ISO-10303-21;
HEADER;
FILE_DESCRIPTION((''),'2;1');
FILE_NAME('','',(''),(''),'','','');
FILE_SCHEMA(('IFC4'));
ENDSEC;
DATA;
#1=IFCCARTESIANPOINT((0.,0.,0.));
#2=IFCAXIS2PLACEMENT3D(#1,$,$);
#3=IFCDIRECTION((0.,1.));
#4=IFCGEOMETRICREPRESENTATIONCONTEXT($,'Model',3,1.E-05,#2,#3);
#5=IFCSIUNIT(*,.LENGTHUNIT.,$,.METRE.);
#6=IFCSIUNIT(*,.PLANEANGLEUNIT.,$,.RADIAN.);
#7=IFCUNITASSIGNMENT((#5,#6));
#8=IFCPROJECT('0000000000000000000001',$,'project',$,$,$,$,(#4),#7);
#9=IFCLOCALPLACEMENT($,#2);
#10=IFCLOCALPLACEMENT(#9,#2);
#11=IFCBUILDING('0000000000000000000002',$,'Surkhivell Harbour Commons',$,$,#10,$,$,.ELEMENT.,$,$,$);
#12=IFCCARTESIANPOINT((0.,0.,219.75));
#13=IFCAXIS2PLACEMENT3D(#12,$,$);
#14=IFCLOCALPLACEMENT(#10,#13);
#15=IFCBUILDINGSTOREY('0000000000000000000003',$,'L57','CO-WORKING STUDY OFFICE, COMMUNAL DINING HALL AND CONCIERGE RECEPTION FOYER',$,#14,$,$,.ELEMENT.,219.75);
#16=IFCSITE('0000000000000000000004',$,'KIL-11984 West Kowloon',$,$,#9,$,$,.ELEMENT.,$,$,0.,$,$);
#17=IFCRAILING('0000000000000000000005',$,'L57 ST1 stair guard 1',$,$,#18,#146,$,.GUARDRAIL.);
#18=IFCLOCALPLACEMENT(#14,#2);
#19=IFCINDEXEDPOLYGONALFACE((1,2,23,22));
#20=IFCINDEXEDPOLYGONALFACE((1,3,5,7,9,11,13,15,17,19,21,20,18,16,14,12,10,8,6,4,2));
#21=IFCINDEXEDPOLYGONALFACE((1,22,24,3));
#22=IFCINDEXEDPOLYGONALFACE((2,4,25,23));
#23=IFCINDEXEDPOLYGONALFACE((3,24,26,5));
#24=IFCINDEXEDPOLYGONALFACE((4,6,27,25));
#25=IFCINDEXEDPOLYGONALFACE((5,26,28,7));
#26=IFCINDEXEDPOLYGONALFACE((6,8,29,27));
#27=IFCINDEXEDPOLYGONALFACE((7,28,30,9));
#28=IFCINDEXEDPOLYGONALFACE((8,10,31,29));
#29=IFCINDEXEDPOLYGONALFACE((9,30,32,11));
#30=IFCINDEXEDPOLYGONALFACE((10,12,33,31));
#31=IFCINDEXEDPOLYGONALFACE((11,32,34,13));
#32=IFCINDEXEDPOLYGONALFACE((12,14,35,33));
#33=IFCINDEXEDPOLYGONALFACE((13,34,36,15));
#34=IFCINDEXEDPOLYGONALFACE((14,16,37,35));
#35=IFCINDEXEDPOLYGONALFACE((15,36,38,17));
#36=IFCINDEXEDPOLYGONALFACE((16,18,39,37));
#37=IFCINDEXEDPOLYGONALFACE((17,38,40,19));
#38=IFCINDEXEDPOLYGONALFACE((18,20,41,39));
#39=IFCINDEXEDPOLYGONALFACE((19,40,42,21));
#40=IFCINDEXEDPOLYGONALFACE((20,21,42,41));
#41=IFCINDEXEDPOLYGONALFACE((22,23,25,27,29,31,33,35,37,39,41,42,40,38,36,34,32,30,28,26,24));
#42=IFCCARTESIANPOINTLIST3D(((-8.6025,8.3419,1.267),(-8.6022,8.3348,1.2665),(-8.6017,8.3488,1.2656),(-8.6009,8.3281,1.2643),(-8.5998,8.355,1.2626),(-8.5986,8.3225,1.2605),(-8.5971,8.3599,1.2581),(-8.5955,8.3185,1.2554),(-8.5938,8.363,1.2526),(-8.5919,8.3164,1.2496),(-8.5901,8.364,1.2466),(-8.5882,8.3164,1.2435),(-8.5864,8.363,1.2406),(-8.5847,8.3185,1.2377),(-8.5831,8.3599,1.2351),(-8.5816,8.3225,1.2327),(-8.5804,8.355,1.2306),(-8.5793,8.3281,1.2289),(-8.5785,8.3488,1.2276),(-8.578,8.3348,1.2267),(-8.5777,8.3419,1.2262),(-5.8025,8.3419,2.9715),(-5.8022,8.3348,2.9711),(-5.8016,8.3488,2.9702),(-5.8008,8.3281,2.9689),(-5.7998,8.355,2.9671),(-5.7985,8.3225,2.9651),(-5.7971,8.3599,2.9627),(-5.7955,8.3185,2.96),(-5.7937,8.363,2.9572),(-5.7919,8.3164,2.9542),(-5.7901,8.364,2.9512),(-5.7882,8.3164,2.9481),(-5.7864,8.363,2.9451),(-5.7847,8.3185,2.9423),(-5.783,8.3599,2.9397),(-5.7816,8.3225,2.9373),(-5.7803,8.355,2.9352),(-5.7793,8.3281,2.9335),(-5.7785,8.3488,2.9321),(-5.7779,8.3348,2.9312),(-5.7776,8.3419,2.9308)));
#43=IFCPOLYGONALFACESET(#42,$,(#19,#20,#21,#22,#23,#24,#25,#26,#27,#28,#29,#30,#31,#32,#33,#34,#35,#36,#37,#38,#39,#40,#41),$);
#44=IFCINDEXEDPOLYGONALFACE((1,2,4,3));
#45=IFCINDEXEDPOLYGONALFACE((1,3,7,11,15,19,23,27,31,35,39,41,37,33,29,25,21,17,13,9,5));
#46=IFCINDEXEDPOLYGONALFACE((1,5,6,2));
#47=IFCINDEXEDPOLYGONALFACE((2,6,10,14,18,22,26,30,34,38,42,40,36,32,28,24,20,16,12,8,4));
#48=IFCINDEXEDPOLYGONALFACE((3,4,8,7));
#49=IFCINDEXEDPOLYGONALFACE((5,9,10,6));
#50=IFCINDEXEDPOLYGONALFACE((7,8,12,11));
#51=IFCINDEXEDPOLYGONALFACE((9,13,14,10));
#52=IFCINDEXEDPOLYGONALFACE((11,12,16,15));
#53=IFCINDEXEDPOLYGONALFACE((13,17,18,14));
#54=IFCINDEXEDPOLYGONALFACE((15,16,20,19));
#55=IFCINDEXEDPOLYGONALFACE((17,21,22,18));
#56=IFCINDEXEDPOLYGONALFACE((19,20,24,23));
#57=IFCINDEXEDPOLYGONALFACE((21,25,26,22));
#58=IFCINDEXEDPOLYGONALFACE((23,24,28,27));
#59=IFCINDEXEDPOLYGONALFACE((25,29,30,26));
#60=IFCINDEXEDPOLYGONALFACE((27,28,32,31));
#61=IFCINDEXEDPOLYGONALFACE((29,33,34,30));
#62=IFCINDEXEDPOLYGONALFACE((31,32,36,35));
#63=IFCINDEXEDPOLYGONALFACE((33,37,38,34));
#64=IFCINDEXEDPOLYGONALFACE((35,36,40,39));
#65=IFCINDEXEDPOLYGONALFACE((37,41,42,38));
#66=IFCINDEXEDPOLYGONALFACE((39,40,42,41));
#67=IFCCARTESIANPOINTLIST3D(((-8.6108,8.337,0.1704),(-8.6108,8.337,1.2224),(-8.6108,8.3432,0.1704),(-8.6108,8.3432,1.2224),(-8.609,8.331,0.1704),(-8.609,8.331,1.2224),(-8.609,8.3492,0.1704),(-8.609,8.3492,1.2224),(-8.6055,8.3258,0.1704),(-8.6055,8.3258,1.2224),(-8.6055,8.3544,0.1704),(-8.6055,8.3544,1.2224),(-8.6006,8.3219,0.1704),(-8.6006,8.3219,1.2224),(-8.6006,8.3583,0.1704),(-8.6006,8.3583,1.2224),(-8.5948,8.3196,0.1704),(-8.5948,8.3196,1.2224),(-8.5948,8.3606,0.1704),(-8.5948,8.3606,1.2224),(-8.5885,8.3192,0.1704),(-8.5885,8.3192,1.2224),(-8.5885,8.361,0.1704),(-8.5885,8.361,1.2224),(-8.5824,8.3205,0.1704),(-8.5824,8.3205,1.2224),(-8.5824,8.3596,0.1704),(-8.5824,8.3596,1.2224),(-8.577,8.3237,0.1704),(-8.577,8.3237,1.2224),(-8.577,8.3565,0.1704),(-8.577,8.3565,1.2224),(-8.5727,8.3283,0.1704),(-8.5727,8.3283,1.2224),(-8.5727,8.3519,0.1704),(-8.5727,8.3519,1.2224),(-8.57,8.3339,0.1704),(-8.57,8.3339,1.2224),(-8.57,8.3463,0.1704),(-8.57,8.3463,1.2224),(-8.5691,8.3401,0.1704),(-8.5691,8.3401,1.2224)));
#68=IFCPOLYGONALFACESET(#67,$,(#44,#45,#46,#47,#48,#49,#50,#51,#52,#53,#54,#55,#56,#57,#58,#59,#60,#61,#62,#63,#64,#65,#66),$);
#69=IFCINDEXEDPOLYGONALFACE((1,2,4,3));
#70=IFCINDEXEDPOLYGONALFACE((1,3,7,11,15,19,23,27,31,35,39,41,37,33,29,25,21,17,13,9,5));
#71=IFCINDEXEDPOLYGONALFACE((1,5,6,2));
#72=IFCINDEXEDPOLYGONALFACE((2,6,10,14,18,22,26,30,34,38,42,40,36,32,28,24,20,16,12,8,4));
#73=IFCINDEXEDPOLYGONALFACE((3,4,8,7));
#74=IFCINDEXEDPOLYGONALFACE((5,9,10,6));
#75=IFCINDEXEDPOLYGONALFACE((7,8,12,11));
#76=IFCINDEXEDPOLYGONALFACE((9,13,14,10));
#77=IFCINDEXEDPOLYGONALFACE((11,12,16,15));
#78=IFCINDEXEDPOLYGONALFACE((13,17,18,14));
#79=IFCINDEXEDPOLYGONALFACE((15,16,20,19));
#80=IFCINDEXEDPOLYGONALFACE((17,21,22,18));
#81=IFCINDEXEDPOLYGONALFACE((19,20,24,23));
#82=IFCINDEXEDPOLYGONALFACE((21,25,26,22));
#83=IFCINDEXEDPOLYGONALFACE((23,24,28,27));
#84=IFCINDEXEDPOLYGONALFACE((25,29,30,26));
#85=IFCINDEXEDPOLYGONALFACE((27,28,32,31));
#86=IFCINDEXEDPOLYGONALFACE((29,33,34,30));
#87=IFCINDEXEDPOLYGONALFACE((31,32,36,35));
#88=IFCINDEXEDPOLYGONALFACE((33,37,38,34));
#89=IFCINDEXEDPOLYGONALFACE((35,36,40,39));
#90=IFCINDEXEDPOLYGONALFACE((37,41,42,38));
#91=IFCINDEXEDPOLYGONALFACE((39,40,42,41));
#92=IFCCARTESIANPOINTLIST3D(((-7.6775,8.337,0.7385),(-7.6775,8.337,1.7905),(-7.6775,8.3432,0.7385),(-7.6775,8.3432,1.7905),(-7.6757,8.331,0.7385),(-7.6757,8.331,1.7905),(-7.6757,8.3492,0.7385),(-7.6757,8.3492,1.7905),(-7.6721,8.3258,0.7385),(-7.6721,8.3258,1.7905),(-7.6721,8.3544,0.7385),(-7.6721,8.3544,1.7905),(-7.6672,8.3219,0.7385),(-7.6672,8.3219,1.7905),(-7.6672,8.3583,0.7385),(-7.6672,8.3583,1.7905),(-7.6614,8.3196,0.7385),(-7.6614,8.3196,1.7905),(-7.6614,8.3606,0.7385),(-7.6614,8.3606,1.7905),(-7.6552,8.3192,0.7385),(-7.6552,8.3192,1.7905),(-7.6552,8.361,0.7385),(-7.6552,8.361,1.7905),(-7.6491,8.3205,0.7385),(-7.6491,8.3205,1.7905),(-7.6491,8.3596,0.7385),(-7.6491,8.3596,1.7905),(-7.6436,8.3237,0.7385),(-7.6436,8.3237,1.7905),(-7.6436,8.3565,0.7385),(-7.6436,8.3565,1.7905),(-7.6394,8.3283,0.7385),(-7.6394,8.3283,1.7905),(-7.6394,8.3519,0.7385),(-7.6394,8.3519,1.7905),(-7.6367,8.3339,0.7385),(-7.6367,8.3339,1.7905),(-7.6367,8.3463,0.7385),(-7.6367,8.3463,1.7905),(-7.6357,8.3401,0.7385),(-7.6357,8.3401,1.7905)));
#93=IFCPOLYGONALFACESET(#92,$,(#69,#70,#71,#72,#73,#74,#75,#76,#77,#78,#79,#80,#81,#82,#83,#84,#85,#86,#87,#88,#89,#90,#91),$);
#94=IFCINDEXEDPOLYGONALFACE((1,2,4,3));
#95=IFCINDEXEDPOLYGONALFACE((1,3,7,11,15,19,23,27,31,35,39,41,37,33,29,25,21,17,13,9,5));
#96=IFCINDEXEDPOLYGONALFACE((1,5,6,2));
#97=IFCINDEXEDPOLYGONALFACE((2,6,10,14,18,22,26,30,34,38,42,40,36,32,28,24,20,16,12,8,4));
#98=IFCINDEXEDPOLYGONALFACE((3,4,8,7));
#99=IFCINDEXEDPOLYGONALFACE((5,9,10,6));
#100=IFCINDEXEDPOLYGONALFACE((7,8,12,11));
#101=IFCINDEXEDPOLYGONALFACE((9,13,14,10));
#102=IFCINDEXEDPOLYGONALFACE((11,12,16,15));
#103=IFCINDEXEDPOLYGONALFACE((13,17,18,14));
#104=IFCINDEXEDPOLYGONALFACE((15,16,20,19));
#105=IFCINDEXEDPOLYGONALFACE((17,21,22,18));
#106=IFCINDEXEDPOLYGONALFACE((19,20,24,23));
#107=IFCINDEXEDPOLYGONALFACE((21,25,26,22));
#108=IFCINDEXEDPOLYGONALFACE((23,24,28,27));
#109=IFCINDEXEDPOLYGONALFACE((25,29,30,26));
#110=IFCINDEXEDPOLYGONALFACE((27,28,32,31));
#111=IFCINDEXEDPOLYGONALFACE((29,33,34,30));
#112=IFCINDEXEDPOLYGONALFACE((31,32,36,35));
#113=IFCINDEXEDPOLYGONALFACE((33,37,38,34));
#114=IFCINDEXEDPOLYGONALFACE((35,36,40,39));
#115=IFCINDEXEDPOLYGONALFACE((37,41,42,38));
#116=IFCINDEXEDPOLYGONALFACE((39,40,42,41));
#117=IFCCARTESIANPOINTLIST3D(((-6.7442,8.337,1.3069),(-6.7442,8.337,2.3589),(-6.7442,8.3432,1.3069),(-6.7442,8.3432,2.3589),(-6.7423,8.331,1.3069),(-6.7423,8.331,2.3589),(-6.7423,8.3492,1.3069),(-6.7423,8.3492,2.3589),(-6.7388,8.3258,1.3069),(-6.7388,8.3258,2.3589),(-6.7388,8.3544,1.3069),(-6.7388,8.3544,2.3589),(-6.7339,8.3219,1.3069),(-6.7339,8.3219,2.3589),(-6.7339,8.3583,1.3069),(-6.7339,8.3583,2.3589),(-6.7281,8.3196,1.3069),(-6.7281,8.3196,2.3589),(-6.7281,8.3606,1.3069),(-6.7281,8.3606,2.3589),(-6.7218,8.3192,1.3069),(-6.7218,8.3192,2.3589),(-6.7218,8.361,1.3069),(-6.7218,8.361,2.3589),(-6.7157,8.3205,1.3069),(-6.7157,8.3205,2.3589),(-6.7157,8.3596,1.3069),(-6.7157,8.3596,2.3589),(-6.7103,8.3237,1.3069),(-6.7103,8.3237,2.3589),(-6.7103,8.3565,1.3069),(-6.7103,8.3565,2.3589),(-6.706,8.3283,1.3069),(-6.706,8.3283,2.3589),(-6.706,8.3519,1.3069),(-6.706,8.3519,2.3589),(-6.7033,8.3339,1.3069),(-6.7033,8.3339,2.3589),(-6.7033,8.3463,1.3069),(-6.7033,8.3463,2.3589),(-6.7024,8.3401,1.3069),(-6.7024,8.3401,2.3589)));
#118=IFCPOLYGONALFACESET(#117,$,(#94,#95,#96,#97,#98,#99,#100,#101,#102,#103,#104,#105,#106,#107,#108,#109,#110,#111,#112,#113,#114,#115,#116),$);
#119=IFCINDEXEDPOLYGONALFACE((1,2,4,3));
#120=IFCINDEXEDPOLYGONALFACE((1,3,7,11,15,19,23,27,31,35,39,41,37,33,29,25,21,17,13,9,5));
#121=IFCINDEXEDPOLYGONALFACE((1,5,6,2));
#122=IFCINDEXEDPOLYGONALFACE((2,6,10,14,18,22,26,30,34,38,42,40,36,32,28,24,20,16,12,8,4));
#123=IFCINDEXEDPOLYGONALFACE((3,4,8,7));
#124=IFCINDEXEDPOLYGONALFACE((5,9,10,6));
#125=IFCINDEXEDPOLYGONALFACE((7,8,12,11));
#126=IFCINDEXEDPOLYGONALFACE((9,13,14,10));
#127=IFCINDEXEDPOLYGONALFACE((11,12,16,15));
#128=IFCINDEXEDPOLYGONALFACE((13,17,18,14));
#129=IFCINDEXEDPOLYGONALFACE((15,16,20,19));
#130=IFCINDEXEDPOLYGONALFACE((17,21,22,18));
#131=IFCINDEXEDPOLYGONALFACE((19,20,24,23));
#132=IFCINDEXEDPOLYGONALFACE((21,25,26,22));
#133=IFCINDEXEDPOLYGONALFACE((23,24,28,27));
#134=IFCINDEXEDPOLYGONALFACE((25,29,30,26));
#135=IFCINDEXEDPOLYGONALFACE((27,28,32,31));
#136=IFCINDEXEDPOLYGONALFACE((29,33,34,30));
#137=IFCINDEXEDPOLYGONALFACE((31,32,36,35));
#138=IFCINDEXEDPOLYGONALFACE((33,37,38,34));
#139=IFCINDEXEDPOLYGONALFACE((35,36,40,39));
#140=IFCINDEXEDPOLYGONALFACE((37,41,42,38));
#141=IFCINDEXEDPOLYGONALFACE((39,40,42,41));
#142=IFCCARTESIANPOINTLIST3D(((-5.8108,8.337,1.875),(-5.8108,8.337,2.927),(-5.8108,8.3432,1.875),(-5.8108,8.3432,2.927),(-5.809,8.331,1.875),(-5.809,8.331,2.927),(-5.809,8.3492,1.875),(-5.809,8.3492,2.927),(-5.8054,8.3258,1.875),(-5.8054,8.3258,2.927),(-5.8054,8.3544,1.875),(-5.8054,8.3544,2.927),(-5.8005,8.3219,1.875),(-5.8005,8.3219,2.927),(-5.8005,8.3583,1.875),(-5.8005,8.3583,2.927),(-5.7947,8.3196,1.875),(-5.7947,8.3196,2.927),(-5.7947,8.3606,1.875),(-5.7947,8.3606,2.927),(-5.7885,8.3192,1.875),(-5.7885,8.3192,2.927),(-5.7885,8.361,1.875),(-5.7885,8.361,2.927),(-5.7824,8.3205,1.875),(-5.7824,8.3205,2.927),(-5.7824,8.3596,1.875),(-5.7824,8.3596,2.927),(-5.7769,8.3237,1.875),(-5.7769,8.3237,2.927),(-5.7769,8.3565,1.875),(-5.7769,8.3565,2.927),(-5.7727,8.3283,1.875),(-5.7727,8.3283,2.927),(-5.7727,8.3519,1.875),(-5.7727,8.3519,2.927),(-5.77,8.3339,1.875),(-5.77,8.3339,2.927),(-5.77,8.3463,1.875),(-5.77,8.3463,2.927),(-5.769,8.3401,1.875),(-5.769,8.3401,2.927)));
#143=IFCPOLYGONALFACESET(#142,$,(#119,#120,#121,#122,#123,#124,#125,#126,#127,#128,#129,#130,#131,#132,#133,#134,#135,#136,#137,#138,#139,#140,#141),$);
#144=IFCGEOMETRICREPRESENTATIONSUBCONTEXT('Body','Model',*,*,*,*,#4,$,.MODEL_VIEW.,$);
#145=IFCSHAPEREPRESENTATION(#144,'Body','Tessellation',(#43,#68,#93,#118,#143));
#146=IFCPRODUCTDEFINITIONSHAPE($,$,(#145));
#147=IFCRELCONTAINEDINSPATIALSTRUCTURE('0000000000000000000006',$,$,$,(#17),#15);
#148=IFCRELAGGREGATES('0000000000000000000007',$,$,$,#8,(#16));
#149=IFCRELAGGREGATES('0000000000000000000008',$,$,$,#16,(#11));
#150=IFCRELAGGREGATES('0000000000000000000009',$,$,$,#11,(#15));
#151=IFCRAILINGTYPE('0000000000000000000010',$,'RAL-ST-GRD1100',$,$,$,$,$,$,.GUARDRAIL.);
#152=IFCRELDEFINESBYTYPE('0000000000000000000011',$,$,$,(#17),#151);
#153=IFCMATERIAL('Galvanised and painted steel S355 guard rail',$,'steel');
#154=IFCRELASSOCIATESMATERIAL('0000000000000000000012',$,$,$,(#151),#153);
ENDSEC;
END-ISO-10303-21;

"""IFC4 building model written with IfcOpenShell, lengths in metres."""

from ifc_helpers import new_model, si_unit, direction, frame, origin, origin_2d, place, context, subcontext, project, spatial, circle, extrude, material, type_object, element, save


model = new_model("IFC4")

# Units and contexts
model_context = context("Model", 3, precision=1e-05, world=origin(), true_north=direction((0.0, 1.0)))
body_context = subcontext(model_context, "Body", "Model", "MODEL_VIEW")
ifc_project = project(units=[si_unit("LENGTHUNIT", "METRE"), si_unit("PLANEANGLEUNIT", "RADIAN")], contexts=[model_context])

# Site, building, storey
site_placement = place(None, origin())
site = spatial("IfcSite", under=ifc_project, at=site_placement, Name="KIL-11984 West Kowloon", CompositionType="ELEMENT", RefElevation=0.0)
building_placement = place(site_placement, origin())
building = spatial("IfcBuilding", under=site, at=building_placement, Name="Surkhivell Harbour Commons", CompositionType="ELEMENT")
storey_placement = place(building_placement, frame((0.0, 0.0, 219.75)))
storey = spatial("IfcBuildingStorey", under=building, at=storey_placement, Name="L57", Description="CO-WORKING STUDY OFFICE, COMMUNAL DINING HALL AND CONCIERGE RECEPTION FOYER", CompositionType="ELEMENT", Elevation=219.75)

# Railing
ifc_material_1 = material(Name="Galvanised and painted steel S355 guard rail", Category="steel")
railing_type_1 = type_object("IfcRailingType", Name="RAL-ST-GRD1100", PredefinedType="GUARDRAIL", material=ifc_material_1)
railing_1_placement = place(storey_placement, frame((-8.5901, 8.3401, 0.1704)))
element("IfcRailing", 1, at=railing_1_placement, inside=storey, type_object=railing_type_1, Name="L57 ST1 stair guard 1", PredefinedType="GUARDRAIL", context=body_context, shape_type="SweptSolid", body=[
    extrude(circle(Radius=0.0239, at=origin_2d()), frame((0.0, 0.0, 1.0762), z_axis=(0.85417, 0.0, 0.519994), x_axis=(0.0, 1.0, 0.0)), (0.0, 0.0, 1.0), 3.2781),
    extrude(circle(Radius=0.021, at=origin_2d()), origin(), (0.0, 0.0, 1.0), 1.052),
    extrude(circle(Radius=0.021, at=origin_2d()), frame((0.9333, 0.0, 0.5681)), (0.0, 0.0, 1.0), 1.052),
    extrude(circle(Radius=0.021, at=origin_2d()), frame((1.8667, 0.0, 1.1365)), (0.0, 0.0, 1.0), 1.052),
    extrude(circle(Radius=0.021, at=origin_2d()), frame((2.8, 0.0, 1.7046)), (0.0, 0.0, 1.0), 1.052),
])

save(model, "model.ifc")
